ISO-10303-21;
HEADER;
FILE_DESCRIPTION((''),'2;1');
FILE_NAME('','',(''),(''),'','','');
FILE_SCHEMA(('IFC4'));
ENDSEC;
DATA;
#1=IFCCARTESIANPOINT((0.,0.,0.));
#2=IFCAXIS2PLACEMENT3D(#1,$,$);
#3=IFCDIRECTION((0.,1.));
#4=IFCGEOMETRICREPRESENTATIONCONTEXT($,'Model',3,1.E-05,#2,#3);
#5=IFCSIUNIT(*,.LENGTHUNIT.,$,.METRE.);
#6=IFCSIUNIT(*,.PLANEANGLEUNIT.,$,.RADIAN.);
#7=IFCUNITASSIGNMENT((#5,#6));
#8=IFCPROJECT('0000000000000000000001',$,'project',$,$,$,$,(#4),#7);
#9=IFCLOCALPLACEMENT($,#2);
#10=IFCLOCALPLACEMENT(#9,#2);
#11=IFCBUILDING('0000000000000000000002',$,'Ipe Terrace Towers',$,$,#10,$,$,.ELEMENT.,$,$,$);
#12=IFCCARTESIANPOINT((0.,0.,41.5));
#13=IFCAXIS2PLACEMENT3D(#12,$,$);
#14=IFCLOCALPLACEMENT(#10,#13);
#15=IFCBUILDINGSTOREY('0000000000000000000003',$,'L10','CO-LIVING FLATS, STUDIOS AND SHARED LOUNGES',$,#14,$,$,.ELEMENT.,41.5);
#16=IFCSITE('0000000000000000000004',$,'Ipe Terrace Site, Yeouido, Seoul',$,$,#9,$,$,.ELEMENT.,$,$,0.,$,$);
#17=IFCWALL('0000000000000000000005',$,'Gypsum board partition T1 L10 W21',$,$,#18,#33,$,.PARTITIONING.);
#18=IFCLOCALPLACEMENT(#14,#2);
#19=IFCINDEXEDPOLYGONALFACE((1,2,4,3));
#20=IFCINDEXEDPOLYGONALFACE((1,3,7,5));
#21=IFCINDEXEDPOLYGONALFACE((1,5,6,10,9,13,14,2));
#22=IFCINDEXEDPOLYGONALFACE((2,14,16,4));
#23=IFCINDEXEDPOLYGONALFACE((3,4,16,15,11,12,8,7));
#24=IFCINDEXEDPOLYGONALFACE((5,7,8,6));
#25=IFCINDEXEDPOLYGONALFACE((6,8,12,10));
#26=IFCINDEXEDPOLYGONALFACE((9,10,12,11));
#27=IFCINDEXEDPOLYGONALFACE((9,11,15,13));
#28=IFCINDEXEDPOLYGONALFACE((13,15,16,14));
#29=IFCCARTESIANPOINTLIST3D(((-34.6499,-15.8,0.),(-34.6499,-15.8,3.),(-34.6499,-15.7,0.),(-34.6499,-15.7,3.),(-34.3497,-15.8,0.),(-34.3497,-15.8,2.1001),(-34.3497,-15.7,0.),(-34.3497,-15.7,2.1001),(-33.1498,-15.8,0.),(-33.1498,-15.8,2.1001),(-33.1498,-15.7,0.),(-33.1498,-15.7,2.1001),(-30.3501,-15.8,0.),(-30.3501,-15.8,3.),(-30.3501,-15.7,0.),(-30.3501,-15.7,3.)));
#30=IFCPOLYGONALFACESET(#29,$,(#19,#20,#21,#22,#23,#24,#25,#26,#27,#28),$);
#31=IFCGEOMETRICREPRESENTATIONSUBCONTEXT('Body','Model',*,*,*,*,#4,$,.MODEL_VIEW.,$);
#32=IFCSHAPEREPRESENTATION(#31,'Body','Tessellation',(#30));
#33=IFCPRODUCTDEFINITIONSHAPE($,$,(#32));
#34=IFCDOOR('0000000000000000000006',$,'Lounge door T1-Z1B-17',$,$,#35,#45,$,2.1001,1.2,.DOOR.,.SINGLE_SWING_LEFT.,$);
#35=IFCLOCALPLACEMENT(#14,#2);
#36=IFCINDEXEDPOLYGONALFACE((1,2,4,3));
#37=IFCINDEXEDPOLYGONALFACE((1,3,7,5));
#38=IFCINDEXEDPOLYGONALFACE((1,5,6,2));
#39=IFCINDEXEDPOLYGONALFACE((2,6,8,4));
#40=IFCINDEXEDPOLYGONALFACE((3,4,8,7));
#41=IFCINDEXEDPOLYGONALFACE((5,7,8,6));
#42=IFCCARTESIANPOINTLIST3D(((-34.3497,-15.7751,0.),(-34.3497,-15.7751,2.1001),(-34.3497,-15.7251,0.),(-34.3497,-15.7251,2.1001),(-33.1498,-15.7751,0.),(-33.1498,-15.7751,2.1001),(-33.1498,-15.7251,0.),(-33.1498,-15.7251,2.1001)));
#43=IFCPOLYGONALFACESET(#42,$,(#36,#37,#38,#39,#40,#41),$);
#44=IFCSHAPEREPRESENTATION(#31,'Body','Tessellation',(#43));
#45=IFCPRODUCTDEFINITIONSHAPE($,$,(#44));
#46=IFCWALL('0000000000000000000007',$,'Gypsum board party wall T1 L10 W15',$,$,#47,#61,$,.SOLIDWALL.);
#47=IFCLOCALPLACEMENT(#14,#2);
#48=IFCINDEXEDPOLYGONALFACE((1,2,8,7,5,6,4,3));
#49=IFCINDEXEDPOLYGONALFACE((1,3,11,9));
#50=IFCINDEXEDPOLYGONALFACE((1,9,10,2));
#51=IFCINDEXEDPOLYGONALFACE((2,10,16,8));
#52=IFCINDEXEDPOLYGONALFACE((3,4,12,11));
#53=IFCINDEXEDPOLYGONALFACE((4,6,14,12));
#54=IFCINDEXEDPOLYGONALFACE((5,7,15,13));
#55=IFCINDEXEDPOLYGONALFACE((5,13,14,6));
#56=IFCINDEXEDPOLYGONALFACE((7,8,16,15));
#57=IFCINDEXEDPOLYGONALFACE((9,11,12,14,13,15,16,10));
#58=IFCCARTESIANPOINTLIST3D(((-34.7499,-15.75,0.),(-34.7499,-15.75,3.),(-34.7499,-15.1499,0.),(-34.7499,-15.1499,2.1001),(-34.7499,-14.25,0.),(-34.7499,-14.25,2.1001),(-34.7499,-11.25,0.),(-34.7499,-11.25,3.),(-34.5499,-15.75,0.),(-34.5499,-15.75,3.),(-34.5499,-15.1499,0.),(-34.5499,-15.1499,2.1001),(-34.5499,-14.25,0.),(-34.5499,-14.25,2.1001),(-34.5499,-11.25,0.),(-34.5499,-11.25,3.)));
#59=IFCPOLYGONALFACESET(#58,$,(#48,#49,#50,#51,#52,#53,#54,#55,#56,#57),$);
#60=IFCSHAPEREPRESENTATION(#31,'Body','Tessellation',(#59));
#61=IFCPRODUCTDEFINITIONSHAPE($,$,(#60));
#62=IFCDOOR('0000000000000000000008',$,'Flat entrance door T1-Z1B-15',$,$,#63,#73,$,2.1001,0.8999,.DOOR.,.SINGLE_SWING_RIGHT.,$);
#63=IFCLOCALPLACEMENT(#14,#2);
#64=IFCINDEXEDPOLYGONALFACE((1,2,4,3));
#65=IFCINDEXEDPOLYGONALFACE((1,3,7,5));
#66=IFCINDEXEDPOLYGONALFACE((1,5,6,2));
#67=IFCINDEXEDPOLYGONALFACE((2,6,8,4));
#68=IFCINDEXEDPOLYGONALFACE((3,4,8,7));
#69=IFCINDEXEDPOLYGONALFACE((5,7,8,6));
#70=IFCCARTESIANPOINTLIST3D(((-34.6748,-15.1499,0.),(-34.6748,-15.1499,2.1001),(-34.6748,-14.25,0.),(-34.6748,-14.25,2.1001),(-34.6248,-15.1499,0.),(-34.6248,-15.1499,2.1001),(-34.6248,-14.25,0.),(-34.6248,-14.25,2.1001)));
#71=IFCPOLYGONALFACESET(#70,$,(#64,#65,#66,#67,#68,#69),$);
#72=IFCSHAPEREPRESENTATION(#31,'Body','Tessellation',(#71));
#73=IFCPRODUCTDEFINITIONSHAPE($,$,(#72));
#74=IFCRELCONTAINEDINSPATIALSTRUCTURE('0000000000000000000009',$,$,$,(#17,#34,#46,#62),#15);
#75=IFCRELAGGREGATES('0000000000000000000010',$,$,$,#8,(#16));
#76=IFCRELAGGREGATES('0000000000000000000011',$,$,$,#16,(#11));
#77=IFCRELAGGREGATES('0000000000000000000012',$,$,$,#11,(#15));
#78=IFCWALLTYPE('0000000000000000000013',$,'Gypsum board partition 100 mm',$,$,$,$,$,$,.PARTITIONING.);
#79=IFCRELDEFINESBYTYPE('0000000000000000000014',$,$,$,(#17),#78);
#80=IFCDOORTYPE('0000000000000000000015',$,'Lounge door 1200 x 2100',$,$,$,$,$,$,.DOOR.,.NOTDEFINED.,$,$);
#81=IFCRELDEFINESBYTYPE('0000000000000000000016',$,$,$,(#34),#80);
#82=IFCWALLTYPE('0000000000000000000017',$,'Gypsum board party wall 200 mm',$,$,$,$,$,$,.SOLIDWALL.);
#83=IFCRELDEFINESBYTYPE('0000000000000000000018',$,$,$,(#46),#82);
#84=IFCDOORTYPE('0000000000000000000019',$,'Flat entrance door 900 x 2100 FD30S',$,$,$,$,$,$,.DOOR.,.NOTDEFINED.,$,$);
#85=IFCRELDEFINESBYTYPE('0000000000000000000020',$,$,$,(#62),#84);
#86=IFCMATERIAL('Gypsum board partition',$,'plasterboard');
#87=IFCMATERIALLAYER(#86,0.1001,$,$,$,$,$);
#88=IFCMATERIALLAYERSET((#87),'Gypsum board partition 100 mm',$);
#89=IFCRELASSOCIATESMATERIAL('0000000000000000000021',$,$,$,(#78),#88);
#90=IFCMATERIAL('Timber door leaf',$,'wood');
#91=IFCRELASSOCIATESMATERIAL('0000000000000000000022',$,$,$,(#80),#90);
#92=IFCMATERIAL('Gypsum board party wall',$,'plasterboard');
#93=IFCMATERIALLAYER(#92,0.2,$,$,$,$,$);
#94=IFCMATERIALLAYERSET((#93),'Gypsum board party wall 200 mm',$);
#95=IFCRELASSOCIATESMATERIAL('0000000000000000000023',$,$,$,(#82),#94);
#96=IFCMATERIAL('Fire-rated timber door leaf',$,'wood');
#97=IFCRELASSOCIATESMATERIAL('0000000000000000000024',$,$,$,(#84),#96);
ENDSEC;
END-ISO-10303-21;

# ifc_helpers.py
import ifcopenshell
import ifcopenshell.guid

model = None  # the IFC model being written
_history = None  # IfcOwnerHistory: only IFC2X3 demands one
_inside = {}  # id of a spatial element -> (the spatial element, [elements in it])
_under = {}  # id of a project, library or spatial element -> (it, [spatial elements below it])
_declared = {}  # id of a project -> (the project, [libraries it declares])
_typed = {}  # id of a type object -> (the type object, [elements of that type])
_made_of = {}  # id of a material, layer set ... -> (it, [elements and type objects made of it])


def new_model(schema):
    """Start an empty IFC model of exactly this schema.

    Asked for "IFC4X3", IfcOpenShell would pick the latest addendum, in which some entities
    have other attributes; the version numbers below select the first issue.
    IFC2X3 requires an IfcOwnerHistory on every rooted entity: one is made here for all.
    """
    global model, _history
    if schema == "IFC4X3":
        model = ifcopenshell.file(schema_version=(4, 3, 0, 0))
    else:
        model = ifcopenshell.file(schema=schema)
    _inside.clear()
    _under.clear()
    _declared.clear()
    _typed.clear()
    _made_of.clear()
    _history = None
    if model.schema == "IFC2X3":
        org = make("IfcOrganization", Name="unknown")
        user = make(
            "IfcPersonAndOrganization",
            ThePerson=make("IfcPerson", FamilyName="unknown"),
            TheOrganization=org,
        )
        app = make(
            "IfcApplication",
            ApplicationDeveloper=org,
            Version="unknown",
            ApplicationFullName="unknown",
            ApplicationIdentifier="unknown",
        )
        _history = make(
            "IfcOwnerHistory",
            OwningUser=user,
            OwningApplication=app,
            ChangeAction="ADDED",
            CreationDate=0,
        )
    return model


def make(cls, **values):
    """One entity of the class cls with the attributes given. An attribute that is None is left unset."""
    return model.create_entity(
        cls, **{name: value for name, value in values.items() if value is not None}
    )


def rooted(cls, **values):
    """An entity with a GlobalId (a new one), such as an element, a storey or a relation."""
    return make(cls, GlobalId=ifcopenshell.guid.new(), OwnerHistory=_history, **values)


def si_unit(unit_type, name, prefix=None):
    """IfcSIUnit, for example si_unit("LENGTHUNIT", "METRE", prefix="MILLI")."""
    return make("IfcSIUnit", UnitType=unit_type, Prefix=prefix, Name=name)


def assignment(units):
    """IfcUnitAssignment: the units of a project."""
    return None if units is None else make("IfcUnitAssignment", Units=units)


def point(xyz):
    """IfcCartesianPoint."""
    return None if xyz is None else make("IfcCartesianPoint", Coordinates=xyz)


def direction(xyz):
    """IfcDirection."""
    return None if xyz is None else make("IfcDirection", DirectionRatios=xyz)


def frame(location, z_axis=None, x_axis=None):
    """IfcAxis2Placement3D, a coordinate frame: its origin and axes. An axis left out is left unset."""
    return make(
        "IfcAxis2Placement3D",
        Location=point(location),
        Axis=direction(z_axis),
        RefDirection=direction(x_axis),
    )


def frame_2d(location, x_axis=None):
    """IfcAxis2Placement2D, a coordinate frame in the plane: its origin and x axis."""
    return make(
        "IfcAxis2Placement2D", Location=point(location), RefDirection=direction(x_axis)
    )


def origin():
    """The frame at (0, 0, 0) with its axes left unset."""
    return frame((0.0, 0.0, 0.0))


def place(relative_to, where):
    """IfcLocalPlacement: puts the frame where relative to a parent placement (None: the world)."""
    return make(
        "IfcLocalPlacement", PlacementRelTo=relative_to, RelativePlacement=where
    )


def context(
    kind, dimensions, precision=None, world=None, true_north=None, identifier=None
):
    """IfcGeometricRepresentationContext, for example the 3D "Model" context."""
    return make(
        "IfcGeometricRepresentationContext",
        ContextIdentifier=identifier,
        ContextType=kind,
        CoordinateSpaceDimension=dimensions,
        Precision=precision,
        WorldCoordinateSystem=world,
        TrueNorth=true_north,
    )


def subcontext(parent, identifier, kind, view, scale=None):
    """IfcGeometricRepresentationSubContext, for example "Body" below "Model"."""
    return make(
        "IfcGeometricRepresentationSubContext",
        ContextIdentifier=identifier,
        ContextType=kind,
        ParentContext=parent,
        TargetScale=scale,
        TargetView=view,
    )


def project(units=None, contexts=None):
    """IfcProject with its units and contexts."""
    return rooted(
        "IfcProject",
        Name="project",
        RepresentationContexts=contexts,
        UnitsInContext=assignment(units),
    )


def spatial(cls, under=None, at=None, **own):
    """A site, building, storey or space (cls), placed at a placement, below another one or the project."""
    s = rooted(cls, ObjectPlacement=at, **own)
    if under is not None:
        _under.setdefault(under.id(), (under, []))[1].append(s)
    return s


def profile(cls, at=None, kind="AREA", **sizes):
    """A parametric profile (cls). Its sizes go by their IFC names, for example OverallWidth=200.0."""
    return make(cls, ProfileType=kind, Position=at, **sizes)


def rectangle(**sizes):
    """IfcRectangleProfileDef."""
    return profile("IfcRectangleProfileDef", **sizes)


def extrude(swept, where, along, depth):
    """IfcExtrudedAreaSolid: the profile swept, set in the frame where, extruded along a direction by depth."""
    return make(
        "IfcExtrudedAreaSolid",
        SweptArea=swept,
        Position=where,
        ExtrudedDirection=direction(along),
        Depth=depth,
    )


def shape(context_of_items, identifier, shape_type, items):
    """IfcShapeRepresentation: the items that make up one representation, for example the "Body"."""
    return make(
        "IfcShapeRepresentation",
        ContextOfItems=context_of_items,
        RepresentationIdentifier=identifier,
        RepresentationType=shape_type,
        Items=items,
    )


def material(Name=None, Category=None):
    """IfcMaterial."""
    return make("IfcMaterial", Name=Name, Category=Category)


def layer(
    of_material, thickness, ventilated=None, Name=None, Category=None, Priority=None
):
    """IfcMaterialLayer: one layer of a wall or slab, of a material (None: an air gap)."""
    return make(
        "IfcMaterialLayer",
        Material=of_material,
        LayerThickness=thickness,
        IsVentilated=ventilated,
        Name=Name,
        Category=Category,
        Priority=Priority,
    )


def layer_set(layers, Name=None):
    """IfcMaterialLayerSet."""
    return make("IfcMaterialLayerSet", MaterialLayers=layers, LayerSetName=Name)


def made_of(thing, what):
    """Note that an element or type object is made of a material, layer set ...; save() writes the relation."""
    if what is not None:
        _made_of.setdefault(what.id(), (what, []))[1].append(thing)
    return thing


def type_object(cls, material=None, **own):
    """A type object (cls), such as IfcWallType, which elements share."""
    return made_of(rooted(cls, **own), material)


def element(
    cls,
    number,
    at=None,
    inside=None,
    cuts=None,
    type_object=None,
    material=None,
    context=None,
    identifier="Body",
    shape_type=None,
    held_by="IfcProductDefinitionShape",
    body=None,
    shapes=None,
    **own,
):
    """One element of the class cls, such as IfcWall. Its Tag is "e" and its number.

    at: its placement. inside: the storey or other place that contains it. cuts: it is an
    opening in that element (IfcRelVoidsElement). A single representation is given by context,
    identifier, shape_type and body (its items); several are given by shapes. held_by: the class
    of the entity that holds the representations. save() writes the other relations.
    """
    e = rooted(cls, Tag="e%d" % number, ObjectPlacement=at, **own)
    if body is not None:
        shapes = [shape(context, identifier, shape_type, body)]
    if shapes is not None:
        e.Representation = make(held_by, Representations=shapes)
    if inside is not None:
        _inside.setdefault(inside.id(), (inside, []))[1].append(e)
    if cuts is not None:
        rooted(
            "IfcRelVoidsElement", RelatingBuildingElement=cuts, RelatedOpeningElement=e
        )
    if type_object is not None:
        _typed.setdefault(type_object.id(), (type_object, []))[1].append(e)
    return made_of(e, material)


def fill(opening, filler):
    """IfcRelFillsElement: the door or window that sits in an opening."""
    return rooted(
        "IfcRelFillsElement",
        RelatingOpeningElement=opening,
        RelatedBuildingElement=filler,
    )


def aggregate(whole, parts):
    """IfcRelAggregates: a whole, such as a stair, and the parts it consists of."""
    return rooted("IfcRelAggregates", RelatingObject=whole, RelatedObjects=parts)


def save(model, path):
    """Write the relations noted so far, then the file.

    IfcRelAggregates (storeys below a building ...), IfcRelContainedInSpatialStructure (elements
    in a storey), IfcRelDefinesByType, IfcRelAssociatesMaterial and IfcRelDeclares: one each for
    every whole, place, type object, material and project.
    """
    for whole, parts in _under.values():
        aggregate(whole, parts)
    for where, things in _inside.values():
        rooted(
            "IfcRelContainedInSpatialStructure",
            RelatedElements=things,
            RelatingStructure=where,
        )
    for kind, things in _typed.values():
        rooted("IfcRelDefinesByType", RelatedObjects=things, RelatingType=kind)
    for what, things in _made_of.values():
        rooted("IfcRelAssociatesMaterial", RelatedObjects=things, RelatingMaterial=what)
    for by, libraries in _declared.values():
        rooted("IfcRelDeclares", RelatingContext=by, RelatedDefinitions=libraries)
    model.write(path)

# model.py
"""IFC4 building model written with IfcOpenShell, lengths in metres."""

from ifc_helpers import new_model, si_unit, direction, frame, frame_2d, origin, place, context, subcontext, project, spatial, rectangle, extrude, material, layer, layer_set, type_object, element, fill, save


model = new_model("IFC4")

# Units and contexts
model_context = context("Model", 3, precision=1e-05, world=origin(), true_north=direction((0.0, 1.0)))
body_context = subcontext(model_context, "Body", "Model", "MODEL_VIEW")
ifc_project = project(units=[si_unit("LENGTHUNIT", "METRE"), si_unit("PLANEANGLEUNIT", "RADIAN")], contexts=[model_context])

# Site, building, storey
site_placement = place(None, origin())
site = spatial("IfcSite", under=ifc_project, at=site_placement, Name="Ipe Terrace Site, Yeouido, Seoul", CompositionType="ELEMENT", RefElevation=0.0)
building_placement = place(site_placement, origin())
building = spatial("IfcBuilding", under=site, at=building_placement, Name="Ipe Terrace Towers", CompositionType="ELEMENT")
storey_placement = place(building_placement, frame((0.0, 0.0, 41.5)))
storey = spatial("IfcBuildingStorey", under=building, at=storey_placement, Name="L10", Description="CO-LIVING FLATS, STUDIOS AND SHARED LOUNGES", CompositionType="ELEMENT", Elevation=41.5)

# Shared definitions
ifc_material_1 = material(Name="Gypsum board partition", Category="plasterboard")
ifc_layer_1 = layer(ifc_material_1, 0.1001)
ifc_layer_set_1 = layer_set([ifc_layer_1], Name="Gypsum board partition 100 mm")
wall_type_1 = type_object("IfcWallType", Name="Gypsum board partition 100 mm", PredefinedType="PARTITIONING", material=ifc_layer_set_1)

# Walls, openings, doors
wall_1_placement = place(storey_placement, frame((-34.6499, -15.75, 0.0), z_axis=(0.0, 0.0, 1.0), x_axis=(1.0, 0.0, 0.0)))
wall_1 = element("IfcWall", 1, at=wall_1_placement, inside=storey, type_object=wall_type_1, Name="Gypsum board partition T1 L10 W21", PredefinedType="PARTITIONING", context=body_context, shape_type="SweptSolid", body=[
    extrude(rectangle(XDim=4.2998, YDim=0.1001, at=frame_2d((2.1499, 0.0))), origin(), (0.0, 0.0, 1.0), 3.0),
])
opening_1_placement = place(wall_1_placement, frame((0.3, 0.0, 0.0)))
opening_1 = element("IfcOpeningElement", 2, at=opening_1_placement, cuts=wall_1, PredefinedType="OPENING", context=body_context, shape_type="SweptSolid", body=[
    extrude(rectangle(XDim=1.2, YDim=2.1001, at=frame_2d((0.6001, 1.05))), frame((0.0, 0.0601, 0.0), z_axis=(0.0, -1.0, 0.0), x_axis=(1.0, 0.0, 0.0)), (0.0, 0.0, 1.0), 0.1201),
])
ifc_material_2 = material(Name="Timber door leaf", Category="wood")
door_type_1 = type_object("IfcDoorType", Name="Lounge door 1200 x 2100", OperationType="NOTDEFINED", PredefinedType="DOOR", material=ifc_material_2)
door_1_placement = place(opening_1_placement, origin())
door_1 = element("IfcDoor", 3, at=door_1_placement, inside=storey, type_object=door_type_1, Name="Lounge door T1-Z1B-17", OperationType="SINGLE_SWING_LEFT", OverallHeight=2.1001, OverallWidth=1.2, PredefinedType="DOOR", context=body_context, shape_type="SweptSolid", body=[
    extrude(rectangle(XDim=1.2, YDim=2.1001, at=frame_2d((0.6001, 1.05))), frame((0.0, 0.0249, 0.0), z_axis=(0.0, -1.0, 0.0), x_axis=(1.0, 0.0, 0.0)), (0.0, 0.0, 1.0), 0.05),
])
fill(opening_1, door_1)
ifc_material_3 = material(Name="Gypsum board party wall", Category="plasterboard")
ifc_layer_2 = layer(ifc_material_3, 0.2)
ifc_layer_set_2 = layer_set([ifc_layer_2], Name="Gypsum board party wall 200 mm")
wall_type_2 = type_object("IfcWallType", Name="Gypsum board party wall 200 mm", PredefinedType="SOLIDWALL", material=ifc_layer_set_2)
wall_2_placement = place(storey_placement, frame((-34.6499, -15.75, 0.0), z_axis=(0.0, 0.0, 1.0), x_axis=(0.0, 1.0, 0.0)))
wall_2 = element("IfcWall", 4, at=wall_2_placement, inside=storey, type_object=wall_type_2, Name="Gypsum board party wall T1 L10 W15", PredefinedType="SOLIDWALL", context=body_context, shape_type="SweptSolid", body=[
    extrude(rectangle(XDim=4.5, YDim=0.2, at=frame_2d((2.25, 0.0))), origin(), (0.0, 0.0, 1.0), 3.0),
])
opening_2_placement = place(wall_2_placement, frame((0.6001, 0.0, 0.0)))
opening_2 = element("IfcOpeningElement", 5, at=opening_2_placement, cuts=wall_2, PredefinedType="OPENING", context=body_context, shape_type="SweptSolid", body=[
    extrude(rectangle(XDim=0.8999, YDim=2.1001, at=frame_2d((0.45, 1.05))), frame((0.0, 0.1099, 0.0), z_axis=(0.0, -1.0, 0.0), x_axis=(1.0, 0.0, 0.0)), (0.0, 0.0, 1.0), 0.22),
])
ifc_material_4 = material(Name="Fire-rated timber door leaf", Category="wood")
door_type_2 = type_object("IfcDoorType", Name="Flat entrance door 900 x 2100 FD30S", OperationType="NOTDEFINED", PredefinedType="DOOR", material=ifc_material_4)
door_2_placement = place(opening_2_placement, origin())
door_2 = element("IfcDoor", 6, at=door_2_placement, inside=storey, type_object=door_type_2, Name="Flat entrance door T1-Z1B-15", OperationType="SINGLE_SWING_RIGHT", OverallHeight=2.1001, OverallWidth=0.8999, PredefinedType="DOOR", context=body_context, shape_type="SweptSolid", body=[
    extrude(rectangle(XDim=0.8999, YDim=2.1001, at=frame_2d((0.45, 1.05))), frame((0.0, 0.0249, 0.0), z_axis=(0.0, -1.0, 0.0), x_axis=(1.0, 0.0, 0.0)), (0.0, 0.0, 1.0), 0.05),
])
fill(opening_2, door_2)

save(model, "model.ifc")
